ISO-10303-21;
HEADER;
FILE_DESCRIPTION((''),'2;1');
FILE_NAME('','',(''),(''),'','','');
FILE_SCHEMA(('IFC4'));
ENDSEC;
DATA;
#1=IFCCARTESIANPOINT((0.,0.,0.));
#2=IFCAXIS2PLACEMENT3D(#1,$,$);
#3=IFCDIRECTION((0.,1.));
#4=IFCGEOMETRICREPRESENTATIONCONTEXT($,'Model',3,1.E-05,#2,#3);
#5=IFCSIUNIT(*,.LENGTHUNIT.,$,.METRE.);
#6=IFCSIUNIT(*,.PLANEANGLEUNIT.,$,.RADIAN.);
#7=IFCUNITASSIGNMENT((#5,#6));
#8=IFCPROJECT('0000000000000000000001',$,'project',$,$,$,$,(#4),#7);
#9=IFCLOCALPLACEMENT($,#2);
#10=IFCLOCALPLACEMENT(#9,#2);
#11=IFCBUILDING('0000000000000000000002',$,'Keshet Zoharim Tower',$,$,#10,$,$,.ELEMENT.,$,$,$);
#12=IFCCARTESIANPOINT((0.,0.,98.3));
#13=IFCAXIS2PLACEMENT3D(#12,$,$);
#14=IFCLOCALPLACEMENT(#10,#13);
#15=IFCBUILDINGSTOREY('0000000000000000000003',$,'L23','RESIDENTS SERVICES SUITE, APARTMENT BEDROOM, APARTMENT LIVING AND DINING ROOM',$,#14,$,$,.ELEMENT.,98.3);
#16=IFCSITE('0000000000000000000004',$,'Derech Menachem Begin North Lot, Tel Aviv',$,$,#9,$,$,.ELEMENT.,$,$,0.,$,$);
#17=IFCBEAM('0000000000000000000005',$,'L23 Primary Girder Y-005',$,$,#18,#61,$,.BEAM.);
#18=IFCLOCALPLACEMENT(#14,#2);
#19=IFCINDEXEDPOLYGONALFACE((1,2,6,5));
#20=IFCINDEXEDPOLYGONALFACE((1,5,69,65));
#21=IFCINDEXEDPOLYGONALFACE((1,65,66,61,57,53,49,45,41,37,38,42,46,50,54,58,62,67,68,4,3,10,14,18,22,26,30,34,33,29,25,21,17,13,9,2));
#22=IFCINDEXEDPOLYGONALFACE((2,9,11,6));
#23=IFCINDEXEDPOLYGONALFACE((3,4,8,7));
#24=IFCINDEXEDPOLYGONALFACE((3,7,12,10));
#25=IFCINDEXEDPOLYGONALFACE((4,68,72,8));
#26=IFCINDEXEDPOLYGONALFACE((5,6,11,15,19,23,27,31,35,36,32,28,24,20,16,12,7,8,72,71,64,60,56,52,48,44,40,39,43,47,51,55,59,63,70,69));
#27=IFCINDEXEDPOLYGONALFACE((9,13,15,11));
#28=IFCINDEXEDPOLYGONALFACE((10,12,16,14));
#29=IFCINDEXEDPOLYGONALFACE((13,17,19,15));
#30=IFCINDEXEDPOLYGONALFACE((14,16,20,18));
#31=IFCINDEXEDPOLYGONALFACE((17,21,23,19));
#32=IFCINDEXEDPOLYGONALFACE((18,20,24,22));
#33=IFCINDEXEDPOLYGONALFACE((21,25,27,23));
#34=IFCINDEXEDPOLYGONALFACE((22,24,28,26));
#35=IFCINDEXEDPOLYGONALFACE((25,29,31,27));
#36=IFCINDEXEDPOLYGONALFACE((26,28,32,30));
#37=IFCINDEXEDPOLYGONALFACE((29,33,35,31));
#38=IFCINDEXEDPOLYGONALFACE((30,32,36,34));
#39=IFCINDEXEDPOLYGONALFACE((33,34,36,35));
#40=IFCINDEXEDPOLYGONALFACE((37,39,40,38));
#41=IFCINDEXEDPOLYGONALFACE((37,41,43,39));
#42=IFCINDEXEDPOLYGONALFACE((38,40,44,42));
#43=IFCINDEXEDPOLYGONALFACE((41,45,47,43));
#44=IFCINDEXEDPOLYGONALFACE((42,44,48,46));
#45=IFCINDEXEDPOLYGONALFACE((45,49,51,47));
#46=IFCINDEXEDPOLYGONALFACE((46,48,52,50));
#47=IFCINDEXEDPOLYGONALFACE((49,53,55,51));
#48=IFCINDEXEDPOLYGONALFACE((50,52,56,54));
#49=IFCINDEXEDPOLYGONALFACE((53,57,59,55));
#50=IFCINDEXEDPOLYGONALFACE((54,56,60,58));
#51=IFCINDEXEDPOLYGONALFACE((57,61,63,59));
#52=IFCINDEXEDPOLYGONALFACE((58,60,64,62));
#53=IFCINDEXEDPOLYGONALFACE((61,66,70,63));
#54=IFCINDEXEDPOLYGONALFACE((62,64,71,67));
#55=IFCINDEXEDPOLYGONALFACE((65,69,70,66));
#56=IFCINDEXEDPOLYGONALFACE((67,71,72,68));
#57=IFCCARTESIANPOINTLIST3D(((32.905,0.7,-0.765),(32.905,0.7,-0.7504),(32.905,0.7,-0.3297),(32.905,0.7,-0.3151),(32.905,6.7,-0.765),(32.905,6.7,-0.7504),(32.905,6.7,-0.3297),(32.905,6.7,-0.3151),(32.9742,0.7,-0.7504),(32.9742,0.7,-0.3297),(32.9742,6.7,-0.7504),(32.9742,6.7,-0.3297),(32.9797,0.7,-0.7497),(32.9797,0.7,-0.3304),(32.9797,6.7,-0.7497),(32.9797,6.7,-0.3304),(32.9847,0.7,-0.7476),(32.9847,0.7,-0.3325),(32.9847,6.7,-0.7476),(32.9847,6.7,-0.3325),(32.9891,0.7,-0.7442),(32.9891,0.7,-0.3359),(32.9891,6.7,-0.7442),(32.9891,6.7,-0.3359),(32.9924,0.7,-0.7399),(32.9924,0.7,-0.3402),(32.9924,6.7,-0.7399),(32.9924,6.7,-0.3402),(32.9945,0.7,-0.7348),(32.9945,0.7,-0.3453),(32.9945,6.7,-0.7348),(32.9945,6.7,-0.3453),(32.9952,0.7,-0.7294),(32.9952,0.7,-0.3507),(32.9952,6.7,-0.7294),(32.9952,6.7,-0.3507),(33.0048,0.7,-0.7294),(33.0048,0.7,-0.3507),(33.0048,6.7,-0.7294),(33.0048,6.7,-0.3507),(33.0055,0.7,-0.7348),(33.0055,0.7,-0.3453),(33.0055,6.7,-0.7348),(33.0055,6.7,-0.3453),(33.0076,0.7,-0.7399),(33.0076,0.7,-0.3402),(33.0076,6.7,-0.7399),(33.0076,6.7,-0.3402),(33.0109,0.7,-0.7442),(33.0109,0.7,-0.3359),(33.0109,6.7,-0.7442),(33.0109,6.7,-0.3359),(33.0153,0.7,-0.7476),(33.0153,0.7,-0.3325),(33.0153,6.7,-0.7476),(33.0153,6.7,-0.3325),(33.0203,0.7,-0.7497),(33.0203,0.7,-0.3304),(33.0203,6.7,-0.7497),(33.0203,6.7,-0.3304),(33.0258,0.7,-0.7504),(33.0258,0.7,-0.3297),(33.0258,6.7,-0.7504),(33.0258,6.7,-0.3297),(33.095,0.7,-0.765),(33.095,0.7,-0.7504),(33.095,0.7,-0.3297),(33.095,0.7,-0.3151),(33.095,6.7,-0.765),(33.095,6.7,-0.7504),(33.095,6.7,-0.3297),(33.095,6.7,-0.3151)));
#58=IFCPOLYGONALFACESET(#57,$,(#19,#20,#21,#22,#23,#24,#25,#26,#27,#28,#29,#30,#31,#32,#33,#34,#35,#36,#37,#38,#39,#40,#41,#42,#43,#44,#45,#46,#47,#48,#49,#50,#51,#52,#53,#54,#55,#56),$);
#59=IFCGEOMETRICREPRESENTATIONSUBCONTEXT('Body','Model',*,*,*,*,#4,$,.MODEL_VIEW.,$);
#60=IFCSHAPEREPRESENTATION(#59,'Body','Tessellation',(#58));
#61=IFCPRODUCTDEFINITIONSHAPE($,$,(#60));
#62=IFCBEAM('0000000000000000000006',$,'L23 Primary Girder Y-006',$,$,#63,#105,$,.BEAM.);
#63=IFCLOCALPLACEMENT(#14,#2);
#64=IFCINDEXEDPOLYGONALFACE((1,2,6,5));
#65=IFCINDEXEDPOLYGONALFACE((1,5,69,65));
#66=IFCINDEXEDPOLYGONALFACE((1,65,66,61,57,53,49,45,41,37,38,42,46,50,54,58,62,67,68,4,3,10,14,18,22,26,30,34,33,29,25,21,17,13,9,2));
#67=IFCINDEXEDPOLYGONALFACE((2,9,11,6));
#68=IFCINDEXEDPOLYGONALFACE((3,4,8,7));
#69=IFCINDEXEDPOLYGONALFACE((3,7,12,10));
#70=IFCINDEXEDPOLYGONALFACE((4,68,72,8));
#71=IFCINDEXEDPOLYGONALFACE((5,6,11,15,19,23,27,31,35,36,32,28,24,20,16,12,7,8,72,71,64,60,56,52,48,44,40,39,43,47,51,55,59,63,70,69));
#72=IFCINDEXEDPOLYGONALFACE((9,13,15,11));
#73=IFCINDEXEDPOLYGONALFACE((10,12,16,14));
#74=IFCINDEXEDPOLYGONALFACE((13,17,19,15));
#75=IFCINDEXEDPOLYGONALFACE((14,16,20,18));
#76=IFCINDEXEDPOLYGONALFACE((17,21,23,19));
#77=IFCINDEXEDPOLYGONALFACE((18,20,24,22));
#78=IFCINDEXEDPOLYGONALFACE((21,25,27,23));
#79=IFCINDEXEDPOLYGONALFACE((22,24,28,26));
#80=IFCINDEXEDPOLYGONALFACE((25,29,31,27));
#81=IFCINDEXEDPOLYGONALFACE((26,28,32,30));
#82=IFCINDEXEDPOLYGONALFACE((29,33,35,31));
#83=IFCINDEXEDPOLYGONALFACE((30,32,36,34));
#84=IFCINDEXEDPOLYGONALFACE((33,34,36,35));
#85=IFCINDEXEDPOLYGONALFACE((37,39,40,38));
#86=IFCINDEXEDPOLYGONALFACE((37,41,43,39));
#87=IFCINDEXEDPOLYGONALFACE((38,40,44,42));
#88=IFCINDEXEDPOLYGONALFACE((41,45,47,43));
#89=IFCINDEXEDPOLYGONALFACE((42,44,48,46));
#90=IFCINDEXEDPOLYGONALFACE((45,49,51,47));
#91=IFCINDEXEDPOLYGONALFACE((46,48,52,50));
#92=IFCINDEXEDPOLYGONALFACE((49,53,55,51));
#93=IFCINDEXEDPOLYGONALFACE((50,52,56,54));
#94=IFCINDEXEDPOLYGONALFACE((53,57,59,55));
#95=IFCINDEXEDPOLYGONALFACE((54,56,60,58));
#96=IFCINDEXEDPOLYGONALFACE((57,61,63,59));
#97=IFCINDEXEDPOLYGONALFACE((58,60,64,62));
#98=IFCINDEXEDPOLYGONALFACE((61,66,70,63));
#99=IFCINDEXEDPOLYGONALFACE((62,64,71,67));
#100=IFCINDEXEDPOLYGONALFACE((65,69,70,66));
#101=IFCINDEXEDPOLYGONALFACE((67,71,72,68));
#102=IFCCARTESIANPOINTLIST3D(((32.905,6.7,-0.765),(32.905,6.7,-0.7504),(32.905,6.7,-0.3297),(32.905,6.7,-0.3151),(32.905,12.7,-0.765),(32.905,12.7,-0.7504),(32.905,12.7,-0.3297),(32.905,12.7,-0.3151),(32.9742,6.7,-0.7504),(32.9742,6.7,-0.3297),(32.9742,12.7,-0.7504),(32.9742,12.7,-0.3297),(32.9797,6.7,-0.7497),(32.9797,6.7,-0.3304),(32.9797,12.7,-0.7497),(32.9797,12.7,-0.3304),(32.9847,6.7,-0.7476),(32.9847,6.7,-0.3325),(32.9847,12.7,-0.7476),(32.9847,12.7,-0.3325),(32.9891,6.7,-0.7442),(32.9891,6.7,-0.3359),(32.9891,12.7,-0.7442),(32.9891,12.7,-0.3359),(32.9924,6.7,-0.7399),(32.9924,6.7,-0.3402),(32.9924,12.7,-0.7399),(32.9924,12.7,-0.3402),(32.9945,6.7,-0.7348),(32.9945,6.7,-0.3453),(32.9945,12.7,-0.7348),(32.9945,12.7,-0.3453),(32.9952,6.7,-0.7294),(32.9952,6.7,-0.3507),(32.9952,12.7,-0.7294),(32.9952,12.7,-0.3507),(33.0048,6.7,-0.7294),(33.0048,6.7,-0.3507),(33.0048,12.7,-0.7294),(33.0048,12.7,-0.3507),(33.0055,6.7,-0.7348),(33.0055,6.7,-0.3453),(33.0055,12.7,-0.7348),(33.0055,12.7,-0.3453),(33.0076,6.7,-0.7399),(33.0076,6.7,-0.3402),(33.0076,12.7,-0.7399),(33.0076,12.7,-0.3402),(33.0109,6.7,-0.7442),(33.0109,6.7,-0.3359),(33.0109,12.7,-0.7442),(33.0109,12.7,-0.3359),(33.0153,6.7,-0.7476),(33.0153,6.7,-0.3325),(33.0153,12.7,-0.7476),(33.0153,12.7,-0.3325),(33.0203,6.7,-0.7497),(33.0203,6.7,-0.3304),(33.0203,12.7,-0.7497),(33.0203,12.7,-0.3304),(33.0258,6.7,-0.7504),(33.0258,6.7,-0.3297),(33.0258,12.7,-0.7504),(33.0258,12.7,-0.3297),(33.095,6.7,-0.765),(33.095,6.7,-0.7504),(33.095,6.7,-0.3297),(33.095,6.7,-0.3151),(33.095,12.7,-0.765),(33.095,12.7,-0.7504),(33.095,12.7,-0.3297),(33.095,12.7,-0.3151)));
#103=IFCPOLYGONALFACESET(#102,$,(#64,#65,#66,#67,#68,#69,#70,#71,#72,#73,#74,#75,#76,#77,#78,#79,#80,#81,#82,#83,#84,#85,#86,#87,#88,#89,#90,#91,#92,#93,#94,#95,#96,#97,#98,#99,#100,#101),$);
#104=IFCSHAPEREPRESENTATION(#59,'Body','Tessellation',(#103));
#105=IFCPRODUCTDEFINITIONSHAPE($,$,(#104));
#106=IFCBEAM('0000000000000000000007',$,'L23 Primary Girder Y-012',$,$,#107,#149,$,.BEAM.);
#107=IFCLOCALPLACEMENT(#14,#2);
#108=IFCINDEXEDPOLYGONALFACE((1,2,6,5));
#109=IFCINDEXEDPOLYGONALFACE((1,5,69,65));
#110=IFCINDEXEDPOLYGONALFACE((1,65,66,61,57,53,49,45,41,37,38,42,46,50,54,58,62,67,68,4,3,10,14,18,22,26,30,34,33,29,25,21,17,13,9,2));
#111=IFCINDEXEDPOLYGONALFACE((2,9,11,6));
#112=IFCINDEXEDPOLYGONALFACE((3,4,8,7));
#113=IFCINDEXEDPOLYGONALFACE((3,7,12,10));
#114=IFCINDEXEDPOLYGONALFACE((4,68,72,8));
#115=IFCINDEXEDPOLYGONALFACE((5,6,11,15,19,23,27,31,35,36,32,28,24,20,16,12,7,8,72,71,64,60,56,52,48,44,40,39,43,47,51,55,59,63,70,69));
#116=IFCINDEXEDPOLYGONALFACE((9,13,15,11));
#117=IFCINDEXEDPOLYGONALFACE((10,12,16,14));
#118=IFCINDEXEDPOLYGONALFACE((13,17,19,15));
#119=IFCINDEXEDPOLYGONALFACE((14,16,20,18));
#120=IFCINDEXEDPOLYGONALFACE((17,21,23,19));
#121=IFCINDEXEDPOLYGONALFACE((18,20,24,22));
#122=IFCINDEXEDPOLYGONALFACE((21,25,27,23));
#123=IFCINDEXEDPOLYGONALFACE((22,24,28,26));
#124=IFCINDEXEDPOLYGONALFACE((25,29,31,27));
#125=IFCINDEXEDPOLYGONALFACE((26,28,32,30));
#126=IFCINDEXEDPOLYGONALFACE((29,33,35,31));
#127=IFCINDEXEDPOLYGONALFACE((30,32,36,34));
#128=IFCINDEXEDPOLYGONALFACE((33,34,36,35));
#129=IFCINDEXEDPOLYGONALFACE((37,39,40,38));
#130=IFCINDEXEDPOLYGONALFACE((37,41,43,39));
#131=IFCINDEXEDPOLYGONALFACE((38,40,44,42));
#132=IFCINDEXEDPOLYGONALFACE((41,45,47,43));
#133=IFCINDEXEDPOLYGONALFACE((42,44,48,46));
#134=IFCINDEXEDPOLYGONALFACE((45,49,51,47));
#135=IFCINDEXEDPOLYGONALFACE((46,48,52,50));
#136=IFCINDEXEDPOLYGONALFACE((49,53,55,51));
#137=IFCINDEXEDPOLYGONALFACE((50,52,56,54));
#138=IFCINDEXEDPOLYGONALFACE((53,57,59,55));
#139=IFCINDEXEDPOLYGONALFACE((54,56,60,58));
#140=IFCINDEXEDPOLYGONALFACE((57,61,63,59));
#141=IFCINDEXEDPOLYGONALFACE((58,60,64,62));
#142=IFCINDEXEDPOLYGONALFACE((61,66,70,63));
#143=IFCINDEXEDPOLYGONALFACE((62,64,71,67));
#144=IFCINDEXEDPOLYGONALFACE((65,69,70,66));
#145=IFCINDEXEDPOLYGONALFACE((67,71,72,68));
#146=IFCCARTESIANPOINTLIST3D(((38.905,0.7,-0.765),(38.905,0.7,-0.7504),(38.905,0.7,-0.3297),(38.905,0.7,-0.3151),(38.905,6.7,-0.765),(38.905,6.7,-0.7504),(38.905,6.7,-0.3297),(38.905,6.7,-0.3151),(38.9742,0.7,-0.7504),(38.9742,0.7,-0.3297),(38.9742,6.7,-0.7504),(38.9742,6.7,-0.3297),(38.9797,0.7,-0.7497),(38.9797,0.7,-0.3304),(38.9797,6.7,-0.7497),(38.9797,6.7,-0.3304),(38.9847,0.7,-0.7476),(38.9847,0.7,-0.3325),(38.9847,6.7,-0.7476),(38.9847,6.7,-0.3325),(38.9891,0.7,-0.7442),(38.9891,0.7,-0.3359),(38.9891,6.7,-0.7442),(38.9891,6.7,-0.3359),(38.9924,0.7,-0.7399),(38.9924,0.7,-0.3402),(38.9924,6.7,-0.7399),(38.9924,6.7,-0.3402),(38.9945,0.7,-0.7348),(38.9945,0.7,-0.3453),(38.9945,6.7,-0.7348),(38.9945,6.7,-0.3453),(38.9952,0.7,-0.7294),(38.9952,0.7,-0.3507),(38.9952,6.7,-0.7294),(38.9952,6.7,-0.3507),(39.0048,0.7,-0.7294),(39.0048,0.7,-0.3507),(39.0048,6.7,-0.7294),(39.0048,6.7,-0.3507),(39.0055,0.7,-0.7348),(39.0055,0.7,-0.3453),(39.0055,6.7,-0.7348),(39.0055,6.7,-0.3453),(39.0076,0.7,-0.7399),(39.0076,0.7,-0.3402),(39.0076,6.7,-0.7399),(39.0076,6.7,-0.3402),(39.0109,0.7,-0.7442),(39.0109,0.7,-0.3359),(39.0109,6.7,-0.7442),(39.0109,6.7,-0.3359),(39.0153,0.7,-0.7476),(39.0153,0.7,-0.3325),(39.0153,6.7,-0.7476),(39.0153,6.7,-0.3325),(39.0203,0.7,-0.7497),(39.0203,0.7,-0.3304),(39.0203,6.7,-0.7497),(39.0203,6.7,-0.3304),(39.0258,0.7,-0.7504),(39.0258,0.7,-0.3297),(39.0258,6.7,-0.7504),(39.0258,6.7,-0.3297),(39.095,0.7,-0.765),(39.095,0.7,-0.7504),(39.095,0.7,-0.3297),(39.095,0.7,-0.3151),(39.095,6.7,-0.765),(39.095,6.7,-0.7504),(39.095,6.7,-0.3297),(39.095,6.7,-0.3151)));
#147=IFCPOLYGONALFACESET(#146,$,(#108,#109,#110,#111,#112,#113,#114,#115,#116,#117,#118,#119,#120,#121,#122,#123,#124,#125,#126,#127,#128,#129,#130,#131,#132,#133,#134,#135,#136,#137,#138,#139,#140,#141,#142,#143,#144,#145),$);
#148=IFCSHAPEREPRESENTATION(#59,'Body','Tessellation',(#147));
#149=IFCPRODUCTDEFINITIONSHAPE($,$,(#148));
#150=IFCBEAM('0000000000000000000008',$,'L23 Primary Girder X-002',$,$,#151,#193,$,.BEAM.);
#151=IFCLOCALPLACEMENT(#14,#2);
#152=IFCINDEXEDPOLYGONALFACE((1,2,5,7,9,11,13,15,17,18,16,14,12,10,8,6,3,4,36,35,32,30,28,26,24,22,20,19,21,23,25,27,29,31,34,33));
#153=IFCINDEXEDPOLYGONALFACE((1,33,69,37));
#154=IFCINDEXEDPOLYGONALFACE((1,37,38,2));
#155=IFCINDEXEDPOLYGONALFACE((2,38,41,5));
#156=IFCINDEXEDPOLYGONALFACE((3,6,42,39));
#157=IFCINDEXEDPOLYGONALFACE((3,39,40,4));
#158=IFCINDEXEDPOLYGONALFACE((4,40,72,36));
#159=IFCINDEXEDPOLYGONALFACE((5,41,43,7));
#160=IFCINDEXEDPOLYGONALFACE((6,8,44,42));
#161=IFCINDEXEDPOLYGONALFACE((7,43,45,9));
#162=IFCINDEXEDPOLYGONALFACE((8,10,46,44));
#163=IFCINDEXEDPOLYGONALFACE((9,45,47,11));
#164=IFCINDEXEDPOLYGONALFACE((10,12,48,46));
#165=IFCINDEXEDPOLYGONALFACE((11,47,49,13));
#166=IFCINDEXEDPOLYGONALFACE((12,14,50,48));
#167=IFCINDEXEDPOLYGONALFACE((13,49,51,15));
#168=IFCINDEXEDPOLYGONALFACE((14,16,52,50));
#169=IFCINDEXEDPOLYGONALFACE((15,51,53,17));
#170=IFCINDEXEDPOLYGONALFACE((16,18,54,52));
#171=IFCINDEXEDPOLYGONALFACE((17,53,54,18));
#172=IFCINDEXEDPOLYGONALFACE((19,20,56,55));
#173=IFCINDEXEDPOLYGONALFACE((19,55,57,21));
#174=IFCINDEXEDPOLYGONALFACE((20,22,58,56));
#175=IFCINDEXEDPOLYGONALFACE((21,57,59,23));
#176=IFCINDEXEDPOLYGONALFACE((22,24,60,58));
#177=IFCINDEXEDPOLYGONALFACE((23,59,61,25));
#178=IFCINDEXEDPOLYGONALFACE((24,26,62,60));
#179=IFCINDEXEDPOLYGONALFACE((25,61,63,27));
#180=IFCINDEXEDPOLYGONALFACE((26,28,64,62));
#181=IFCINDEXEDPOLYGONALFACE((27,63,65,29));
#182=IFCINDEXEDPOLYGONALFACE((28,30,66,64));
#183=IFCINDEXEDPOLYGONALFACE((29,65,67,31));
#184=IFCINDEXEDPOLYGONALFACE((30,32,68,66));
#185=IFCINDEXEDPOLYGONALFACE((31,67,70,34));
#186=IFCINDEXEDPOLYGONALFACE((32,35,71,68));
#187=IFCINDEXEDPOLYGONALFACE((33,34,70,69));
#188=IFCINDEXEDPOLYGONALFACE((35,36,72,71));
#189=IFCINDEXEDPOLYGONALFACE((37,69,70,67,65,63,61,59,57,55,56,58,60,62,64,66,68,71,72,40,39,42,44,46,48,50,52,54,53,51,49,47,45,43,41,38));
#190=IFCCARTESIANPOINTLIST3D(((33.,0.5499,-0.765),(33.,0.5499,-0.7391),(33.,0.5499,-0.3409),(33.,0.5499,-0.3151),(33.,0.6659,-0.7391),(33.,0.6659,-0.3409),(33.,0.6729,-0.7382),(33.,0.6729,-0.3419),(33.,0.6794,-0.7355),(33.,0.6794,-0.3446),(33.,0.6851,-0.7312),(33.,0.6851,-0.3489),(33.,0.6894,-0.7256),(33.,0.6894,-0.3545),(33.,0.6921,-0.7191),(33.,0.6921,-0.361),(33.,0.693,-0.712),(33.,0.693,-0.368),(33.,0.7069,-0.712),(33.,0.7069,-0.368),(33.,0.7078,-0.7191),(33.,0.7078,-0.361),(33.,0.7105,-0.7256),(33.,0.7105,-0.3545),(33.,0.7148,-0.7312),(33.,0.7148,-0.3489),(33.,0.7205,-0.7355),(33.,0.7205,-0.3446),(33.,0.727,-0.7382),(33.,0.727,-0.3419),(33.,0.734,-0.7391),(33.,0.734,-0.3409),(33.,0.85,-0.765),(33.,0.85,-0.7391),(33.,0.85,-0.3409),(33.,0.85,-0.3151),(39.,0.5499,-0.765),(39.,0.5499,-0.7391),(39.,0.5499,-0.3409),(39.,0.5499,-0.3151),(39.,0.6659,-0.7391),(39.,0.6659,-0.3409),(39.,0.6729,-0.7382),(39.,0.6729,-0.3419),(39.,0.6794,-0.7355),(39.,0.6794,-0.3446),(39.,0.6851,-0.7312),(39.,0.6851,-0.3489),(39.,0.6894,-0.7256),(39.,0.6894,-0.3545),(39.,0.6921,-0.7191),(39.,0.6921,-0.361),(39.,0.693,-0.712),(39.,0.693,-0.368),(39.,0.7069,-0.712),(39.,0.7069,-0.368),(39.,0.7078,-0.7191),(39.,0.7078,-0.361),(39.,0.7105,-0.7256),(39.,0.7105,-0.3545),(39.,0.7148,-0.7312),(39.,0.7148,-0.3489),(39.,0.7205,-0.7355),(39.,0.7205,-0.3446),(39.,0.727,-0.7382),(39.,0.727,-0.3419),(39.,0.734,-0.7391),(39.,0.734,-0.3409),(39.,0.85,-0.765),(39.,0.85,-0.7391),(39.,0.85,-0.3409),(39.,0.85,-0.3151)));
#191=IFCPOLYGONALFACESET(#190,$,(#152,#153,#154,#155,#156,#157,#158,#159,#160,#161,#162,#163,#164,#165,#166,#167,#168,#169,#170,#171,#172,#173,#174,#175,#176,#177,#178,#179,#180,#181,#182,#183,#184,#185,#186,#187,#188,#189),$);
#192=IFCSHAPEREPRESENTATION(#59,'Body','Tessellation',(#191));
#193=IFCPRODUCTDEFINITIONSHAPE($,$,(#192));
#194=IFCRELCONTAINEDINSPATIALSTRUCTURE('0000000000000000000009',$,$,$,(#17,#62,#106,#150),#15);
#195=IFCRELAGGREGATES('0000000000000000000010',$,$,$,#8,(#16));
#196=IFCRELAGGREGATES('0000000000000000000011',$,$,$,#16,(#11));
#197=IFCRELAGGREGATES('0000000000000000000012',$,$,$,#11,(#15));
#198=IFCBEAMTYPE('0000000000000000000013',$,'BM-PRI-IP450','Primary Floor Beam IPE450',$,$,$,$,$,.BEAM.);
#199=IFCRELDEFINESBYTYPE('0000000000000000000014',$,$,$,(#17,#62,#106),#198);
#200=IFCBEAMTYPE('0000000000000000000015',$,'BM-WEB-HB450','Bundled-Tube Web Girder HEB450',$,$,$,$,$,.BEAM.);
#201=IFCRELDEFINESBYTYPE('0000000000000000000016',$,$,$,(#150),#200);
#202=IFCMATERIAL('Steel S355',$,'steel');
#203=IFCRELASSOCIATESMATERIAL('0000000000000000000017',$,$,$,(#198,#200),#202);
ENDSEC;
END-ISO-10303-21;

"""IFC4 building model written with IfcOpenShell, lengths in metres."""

from ifc_helpers import new_model, si_unit, direction, frame, origin, origin_2d, place, context, subcontext, project, spatial, i_section, extrude, material, material_profile, profile_set, type_object, element, save


model = new_model("IFC4")

# Units and contexts
model_context = context("Model", 3, precision=1e-05, world=origin(), true_north=direction((0.0, 1.0)))
body_context = subcontext(model_context, "Body", "Model", "MODEL_VIEW")
ifc_project = project(units=[si_unit("LENGTHUNIT", "METRE"), si_unit("PLANEANGLEUNIT", "RADIAN")], contexts=[model_context])

# Site, building, storey
site_placement = place(None, origin())
site = spatial("IfcSite", under=ifc_project, at=site_placement, Name="Derech Menachem Begin North Lot, Tel Aviv", CompositionType="ELEMENT", RefElevation=0.0)
building_placement = place(site_placement, origin())
building = spatial("IfcBuilding", under=site, at=building_placement, Name="Keshet Zoharim Tower", CompositionType="ELEMENT")
storey_placement = place(building_placement, frame((0.0, 0.0, 98.3)))
storey = spatial("IfcBuildingStorey", under=building, at=storey_placement, Name="L23", Description="RESIDENTS SERVICES SUITE, APARTMENT BEDROOM, APARTMENT LIVING AND DINING ROOM", CompositionType="ELEMENT", Elevation=98.3)

# Shared definitions
ifc_material_1 = material(Name="Steel S355", Category="steel")

# Beams
ifc_material_profile_1 = material_profile(ifc_material_1, i_section(OverallWidth=0.1899, OverallDepth=0.45, WebThickness=0.0095, FlangeThickness=0.0146, FilletRadius=0.021, at=origin_2d()), Name="IPE450")
ifc_profile_set_1 = profile_set([ifc_material_profile_1], Name="Steel S355")
beam_type_1 = type_object("IfcBeamType", Name="BM-PRI-IP450", Description="Primary Floor Beam IPE450", PredefinedType="BEAM", material=ifc_profile_set_1)
for number, where, z_axis, x_axis, name in (
    (1, (33.0, 0.7, -0.54), (0.0, 1.0, 0.0), (-1.0, 0.0, 0.0), "L23 Primary Girder Y-005"),
    (2, (33.0, 6.7, -0.54), (0.0, 1.0, 0.0), (-1.0, 0.0, 0.0), "L23 Primary Girder Y-006"),
    (3, (39.0, 0.7, -0.54), (0.0, 1.0, 0.0), (-1.0, 0.0, 0.0), "L23 Primary Girder Y-012"),
):
    element("IfcBeam", number, at=place(storey_placement, frame(where, z_axis=z_axis, x_axis=x_axis)), inside=storey, type_object=beam_type_1, Name=name, PredefinedType="BEAM", context=body_context, shape_type="SweptSolid", body=[
        extrude(i_section(OverallWidth=0.1899, OverallDepth=0.45, WebThickness=0.0095, FlangeThickness=0.0146, FilletRadius=0.021, at=origin_2d()), origin(), (0.0, 0.0, 1.0), 6.0),
    ])
ifc_material_profile_2 = material_profile(ifc_material_1, i_section(OverallWidth=0.3, OverallDepth=0.45, WebThickness=0.0139, FlangeThickness=0.0259, FilletRadius=0.0271, at=origin_2d()), Name="HEB450")
ifc_profile_set_2 = profile_set([ifc_material_profile_2], Name="Steel S355")
beam_type_2 = type_object("IfcBeamType", Name="BM-WEB-HB450", Description="Bundled-Tube Web Girder HEB450", PredefinedType="BEAM", material=ifc_profile_set_2)
for number, where, z_axis, x_axis, name in (
    (4, (33.0, 0.7, -0.54), (1.0, 0.0, 0.0), (0.0, 1.0, 0.0), "L23 Primary Girder X-002"),
):
    element("IfcBeam", number, at=place(storey_placement, frame(where, z_axis=z_axis, x_axis=x_axis)), inside=storey, type_object=beam_type_2, Name=name, PredefinedType="BEAM", context=body_context, shape_type="SweptSolid", body=[
        extrude(i_section(OverallWidth=0.3, OverallDepth=0.45, WebThickness=0.0139, FlangeThickness=0.0259, FilletRadius=0.0271, at=origin_2d()), origin(), (0.0, 0.0, 1.0), 6.0),
    ])

save(model, "model.ifc")
